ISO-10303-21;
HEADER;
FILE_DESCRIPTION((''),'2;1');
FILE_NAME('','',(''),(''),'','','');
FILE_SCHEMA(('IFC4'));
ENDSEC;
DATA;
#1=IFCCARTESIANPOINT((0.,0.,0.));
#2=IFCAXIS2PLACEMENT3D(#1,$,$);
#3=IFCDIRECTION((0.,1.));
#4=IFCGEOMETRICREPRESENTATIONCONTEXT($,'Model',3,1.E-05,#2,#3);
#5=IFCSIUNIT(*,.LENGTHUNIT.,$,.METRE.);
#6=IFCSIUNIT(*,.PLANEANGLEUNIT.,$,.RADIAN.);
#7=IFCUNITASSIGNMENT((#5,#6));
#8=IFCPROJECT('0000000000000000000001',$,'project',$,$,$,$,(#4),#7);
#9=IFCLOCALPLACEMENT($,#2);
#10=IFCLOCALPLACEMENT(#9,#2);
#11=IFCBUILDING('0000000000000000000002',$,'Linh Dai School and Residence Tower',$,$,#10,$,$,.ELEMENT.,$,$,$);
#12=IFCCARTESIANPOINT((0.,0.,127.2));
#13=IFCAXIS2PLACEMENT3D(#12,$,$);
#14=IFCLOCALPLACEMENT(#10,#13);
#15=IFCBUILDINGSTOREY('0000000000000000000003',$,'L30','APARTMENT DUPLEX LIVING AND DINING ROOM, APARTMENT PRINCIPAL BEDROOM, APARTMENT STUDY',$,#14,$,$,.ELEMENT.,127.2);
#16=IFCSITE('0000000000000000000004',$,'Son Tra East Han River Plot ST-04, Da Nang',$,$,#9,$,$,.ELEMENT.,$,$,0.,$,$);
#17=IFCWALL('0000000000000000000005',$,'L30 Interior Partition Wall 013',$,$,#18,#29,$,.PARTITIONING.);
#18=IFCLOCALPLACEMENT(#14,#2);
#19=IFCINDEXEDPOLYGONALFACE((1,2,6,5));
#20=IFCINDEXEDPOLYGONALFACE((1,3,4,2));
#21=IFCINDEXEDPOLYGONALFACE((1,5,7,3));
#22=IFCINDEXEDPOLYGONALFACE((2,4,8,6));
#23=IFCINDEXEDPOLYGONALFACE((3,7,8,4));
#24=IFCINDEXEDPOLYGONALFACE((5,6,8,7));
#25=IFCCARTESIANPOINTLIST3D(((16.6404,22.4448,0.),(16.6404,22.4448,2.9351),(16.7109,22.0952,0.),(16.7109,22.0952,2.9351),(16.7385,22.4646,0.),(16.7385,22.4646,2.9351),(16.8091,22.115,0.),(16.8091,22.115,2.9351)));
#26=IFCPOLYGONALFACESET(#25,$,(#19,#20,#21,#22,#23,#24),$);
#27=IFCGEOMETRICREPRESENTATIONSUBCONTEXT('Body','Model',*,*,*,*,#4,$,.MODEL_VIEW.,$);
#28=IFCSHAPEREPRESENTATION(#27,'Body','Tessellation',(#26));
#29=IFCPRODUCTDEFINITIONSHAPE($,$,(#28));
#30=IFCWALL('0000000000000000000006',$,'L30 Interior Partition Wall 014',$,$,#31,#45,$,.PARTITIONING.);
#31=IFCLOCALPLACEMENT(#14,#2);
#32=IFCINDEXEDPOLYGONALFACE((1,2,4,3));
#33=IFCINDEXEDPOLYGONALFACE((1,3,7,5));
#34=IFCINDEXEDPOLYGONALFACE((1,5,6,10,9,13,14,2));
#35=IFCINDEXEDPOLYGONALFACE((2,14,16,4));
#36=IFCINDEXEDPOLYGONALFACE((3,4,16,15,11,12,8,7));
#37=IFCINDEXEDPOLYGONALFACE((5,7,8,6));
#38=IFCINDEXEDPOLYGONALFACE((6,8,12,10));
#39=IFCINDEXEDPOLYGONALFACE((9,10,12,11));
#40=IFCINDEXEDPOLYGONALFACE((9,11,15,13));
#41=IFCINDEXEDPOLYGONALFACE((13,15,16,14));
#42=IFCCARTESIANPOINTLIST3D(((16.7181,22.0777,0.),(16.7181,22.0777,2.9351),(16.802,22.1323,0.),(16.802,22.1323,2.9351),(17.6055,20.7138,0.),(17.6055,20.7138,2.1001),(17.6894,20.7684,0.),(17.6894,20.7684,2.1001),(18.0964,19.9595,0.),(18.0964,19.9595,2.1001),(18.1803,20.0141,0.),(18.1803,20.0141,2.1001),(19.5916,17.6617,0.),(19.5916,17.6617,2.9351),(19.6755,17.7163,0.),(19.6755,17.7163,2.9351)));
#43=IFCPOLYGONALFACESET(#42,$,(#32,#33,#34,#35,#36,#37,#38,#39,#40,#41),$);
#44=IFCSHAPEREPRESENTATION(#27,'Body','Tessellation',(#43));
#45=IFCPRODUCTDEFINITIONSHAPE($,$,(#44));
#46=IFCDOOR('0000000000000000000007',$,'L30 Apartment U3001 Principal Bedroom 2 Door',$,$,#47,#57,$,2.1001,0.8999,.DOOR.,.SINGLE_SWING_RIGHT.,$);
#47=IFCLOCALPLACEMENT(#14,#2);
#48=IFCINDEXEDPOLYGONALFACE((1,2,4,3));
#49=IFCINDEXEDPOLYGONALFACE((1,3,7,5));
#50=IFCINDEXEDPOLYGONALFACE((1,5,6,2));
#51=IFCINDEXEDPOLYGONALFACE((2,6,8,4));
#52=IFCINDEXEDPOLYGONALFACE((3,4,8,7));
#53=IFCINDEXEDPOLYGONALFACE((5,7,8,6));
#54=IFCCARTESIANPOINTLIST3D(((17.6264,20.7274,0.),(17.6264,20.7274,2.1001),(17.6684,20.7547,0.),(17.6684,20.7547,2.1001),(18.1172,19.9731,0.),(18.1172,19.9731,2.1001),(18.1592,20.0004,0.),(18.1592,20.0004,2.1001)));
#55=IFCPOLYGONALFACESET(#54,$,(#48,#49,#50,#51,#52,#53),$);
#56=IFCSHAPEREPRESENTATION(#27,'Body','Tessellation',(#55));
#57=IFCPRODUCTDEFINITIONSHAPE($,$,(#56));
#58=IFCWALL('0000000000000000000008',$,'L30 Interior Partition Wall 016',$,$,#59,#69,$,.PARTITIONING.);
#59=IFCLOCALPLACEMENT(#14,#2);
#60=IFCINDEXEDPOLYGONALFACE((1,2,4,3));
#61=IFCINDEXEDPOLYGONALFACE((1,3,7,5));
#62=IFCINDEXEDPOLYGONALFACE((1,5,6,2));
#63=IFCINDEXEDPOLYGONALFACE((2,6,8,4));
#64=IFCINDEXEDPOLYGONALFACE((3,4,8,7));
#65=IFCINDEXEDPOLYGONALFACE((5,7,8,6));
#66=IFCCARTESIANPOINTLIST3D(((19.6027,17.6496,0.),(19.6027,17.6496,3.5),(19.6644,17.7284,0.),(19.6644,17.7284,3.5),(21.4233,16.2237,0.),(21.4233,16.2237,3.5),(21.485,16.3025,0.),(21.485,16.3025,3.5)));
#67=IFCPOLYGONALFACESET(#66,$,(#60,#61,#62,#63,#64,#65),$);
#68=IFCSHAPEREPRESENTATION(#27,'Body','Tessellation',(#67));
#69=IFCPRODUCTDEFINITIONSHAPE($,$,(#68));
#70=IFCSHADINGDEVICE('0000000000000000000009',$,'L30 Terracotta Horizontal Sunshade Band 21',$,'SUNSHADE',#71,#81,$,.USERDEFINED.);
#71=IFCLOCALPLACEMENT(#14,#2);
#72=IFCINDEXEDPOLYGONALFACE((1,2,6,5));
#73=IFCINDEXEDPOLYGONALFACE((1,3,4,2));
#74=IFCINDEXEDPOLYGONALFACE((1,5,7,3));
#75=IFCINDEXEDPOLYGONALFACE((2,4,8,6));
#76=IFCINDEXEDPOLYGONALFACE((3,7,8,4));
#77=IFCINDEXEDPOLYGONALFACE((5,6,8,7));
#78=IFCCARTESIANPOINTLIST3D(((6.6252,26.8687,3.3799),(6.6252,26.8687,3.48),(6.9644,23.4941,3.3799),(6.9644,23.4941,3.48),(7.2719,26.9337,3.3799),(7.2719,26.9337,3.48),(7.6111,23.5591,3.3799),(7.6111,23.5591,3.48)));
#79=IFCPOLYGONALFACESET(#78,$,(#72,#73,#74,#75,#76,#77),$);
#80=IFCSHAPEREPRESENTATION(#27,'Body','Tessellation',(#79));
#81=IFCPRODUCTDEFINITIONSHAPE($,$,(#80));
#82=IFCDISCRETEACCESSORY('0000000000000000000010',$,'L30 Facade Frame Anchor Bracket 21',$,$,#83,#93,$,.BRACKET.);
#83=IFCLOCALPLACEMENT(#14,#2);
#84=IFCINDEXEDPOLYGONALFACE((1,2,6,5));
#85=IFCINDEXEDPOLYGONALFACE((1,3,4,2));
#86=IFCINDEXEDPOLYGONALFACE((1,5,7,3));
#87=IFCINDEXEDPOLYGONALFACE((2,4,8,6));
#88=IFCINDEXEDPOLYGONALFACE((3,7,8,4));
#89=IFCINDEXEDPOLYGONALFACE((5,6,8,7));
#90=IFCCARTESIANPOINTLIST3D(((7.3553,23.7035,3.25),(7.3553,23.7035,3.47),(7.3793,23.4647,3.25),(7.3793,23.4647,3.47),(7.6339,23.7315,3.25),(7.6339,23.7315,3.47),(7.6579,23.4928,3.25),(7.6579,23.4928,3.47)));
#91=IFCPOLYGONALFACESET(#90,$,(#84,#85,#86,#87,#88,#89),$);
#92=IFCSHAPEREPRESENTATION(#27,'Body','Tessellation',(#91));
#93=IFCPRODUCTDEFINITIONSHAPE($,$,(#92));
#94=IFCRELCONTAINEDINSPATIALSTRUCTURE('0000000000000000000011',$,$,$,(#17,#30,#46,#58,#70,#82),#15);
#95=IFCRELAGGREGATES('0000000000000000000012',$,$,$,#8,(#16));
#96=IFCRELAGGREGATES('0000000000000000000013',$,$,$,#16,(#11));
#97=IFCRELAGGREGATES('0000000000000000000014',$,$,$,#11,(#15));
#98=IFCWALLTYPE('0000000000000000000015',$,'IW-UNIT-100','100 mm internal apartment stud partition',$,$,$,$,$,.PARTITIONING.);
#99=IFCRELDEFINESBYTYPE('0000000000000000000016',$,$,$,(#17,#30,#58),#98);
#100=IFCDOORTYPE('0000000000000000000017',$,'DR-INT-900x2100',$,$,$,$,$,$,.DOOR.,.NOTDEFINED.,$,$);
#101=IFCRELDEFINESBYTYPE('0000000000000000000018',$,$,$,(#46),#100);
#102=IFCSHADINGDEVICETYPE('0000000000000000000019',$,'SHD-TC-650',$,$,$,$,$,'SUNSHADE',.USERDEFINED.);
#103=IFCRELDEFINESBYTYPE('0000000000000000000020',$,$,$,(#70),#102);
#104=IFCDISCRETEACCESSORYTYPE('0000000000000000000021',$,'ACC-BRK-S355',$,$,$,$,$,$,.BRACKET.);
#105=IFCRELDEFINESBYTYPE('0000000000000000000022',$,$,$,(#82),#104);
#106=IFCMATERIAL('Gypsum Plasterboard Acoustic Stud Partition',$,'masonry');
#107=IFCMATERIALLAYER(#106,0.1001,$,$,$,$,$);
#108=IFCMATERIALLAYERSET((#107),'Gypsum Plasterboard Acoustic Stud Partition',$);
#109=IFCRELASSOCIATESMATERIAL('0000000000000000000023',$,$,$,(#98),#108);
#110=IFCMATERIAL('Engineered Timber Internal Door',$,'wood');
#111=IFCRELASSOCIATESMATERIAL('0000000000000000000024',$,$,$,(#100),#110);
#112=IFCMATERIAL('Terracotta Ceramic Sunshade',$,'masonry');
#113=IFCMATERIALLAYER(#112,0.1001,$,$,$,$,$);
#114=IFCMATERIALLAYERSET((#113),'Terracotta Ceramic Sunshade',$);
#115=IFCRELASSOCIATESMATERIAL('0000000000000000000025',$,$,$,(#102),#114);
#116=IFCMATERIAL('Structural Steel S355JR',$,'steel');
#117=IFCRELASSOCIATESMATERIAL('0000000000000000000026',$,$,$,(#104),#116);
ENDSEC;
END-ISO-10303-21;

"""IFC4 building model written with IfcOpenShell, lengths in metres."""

from ifc_helpers import new_model, si_unit, direction, frame, frame_2d, origin, origin_2d, place, context, subcontext, project, spatial, rectangle, extrude, source, transform, mapped, material, layer, layer_set, type_object, element, fill, save


model = new_model("IFC4")

# Units and contexts
model_context = context("Model", 3, precision=1e-05, world=origin(), true_north=direction((0.0, 1.0)))
body_context = subcontext(model_context, "Body", "Model", "MODEL_VIEW")
ifc_project = project(units=[si_unit("LENGTHUNIT", "METRE"), si_unit("PLANEANGLEUNIT", "RADIAN")], contexts=[model_context])

# Site, building, storey
site_placement = place(None, origin())
site = spatial("IfcSite", under=ifc_project, at=site_placement, Name="Son Tra East Han River Plot ST-04, Da Nang", CompositionType="ELEMENT", RefElevation=0.0)
building_placement = place(site_placement, origin())
building = spatial("IfcBuilding", under=site, at=building_placement, Name="Linh Dai School and Residence Tower", CompositionType="ELEMENT")
storey_placement = place(building_placement, frame((0.0, 0.0, 127.2)))
storey = spatial("IfcBuildingStorey", under=building, at=storey_placement, Name="L30", Description="APARTMENT DUPLEX LIVING AND DINING ROOM, APARTMENT PRINCIPAL BEDROOM, APARTMENT STUDY", CompositionType="ELEMENT", Elevation=127.2)

# Shared definitions
ifc_material_1 = material(Name="Structural Steel S355JR", Category="steel")

# Wall
ifc_material_2 = material(Name="Gypsum Plasterboard Acoustic Stud Partition", Category="masonry")
ifc_layer_1 = layer(ifc_material_2, 0.1001)
ifc_layer_set_1 = layer_set([ifc_layer_1], Name="Gypsum Plasterboard Acoustic Stud Partition")
wall_type_1 = type_object("IfcWallType", Name="IW-UNIT-100", Description="100 mm internal apartment stud partition", PredefinedType="PARTITIONING", material=ifc_layer_set_1)
wall_1_placement = place(storey_placement, frame((16.6895, 22.4546, 0.0), z_axis=(0.0, 0.0, 1.0), x_axis=(0.197827, -0.980237, 0.0)))
element("IfcWall", 1, at=wall_1_placement, inside=storey, type_object=wall_type_1, Name="L30 Interior Partition Wall 013", PredefinedType="PARTITIONING", context=body_context, shape_type="SweptSolid", body=[
    extrude(rectangle(XDim=0.3567, YDim=0.1001, at=frame_2d((0.1782, 0.0))), origin(), (0.0, 0.0, 1.0), 2.9351),
])

# Wall, opening, door
wall_2_placement = place(storey_placement, frame((16.76, 22.105, 0.0), z_axis=(0.0, 0.0, 1.0), x_axis=(0.545405, -0.838172, 0.0)))
wall_2 = element("IfcWall", 2, at=wall_2_placement, inside=storey, type_object=wall_type_1, Name="L30 Interior Partition Wall 014", PredefinedType="PARTITIONING", context=body_context, shape_type="SweptSolid", body=[
    extrude(rectangle(XDim=5.2686, YDim=0.1001, at=frame_2d((2.6343, 0.0))), origin(), (0.0, 0.0, 1.0), 2.9351),
])
opening_1_placement = place(wall_2_placement, frame((1.6272, 0.0, 0.0)))
opening_1 = element("IfcOpeningElement", 3, at=opening_1_placement, cuts=wall_2, PredefinedType="OPENING", context=body_context, shape_type="SweptSolid", body=[
    extrude(rectangle(XDim=0.8999, YDim=2.1001, at=origin_2d()), frame((0.45, 0.0601, 1.05), z_axis=(0.0, -1.0, 0.0), x_axis=(1.0, 0.0, 0.0)), (0.0, 0.0, 1.0), 0.1201),
])
ifc_material_3 = material(Name="Engineered Timber Internal Door", Category="wood")
door_type_1 = type_object("IfcDoorType", Name="DR-INT-900x2100", OperationType="NOTDEFINED", PredefinedType="DOOR", material=ifc_material_3)
shared_shape_1 = source(origin(), body_context, "Body", "SweptSolid", [
    extrude(rectangle(XDim=0.8999, YDim=2.1001, at=origin_2d()), frame((0.45, 0.0249, 1.05), z_axis=(0.0, -1.0, 0.0), x_axis=(1.0, 0.0, 0.0)), (0.0, 0.0, 1.0), 0.05),
])
door_1_placement = place(opening_1_placement, origin())
door_1 = element("IfcDoor", 4, at=door_1_placement, inside=storey, type_object=door_type_1, Name="L30 Apartment U3001 Principal Bedroom 2 Door", OperationType="SINGLE_SWING_RIGHT", OverallHeight=2.1001, OverallWidth=0.8999, PredefinedType="DOOR", context=body_context, shape_type="MappedRepresentation", body=[
    mapped(shared_shape_1, transform((0.0, 0.0, 0.0), x_axis=(1.0, 0.0, 0.0), y_axis=(0.0, 1.0, 0.0), z_axis=(0.0, 0.0, 1.0), scale=1.0)),
])
fill(opening_1, door_1)

# Wall
wall_3_placement = place(storey_placement, frame((19.6335, 17.689, 0.0), z_axis=(0.0, 0.0, 1.0), x_axis=(0.787296, -0.616576, 0.0)))
element("IfcWall", 5, at=wall_3_placement, inside=storey, type_object=wall_type_1, Name="L30 Interior Partition Wall 016", PredefinedType="PARTITIONING", context=body_context, shape_type="SweptSolid", body=[
    extrude(rectangle(XDim=2.3125, YDim=0.1001, at=frame_2d((1.1562, 0.0))), origin(), (0.0, 0.0, 1.0), 3.5),
])

# Shading device
ifc_material_4 = material(Name="Terracotta Ceramic Sunshade", Category="masonry")
ifc_layer_2 = layer(ifc_material_4, 0.1001)
ifc_layer_set_2 = layer_set([ifc_layer_2], Name="Terracotta Ceramic Sunshade")
shading_device_type = type_object("IfcShadingDeviceType", Name="SHD-TC-650", ElementType="SUNSHADE", PredefinedType="USERDEFINED", material=ifc_layer_set_2)
shared_shape_2 = source(origin(), body_context, "Body", "SweptSolid", [
    extrude(rectangle(XDim=3.3916, YDim=0.6499, at=origin_2d()), origin(), (0.0, 0.0, 1.0), 0.1001),
])
shading_device_placement = place(storey_placement, frame((7.1182, 25.2139, 3.3799), z_axis=(0.0, 0.0, 1.0), x_axis=(-0.100007, 0.994987, 0.0)))
element("IfcShadingDevice", 6, at=shading_device_placement, inside=storey, type_object=shading_device_type, Name="L30 Terracotta Horizontal Sunshade Band 21", ObjectType="SUNSHADE", PredefinedType="USERDEFINED", context=body_context, shape_type="MappedRepresentation", body=[
    mapped(shared_shape_2, transform((0.0, 0.0, 0.0), x_axis=(1.0, 0.0, 0.0), y_axis=(0.0, 1.0, 0.0), z_axis=(0.0, 0.0, 1.0), scale=1.0)),
])

# Discrete accessory
discrete_accessory_type = type_object("IfcDiscreteAccessoryType", Name="ACC-BRK-S355", PredefinedType="BRACKET", material=ifc_material_1)
shared_shape_3 = source(origin(), body_context, "Body", "SweptSolid", [
    extrude(rectangle(XDim=0.28, YDim=0.24, at=origin_2d()), origin(), (0.0, 0.0, 1.0), 0.22),
])
discrete_accessory_placement = place(storey_placement, frame((7.5066, 23.5981, 3.25), z_axis=(0.0, 0.0, 1.0), x_axis=(-0.994987, -0.100007, 0.0)))
element("IfcDiscreteAccessory", 7, at=discrete_accessory_placement, inside=storey, type_object=discrete_accessory_type, Name="L30 Facade Frame Anchor Bracket 21", PredefinedType="BRACKET", context=body_context, shape_type="MappedRepresentation", body=[
    mapped(shared_shape_3, transform((0.0, 0.0, 0.0), x_axis=(1.0, 0.0, 0.0), y_axis=(0.0, 1.0, 0.0), z_axis=(0.0, 0.0, 1.0), scale=1.0)),
])

save(model, "model.ifc")
